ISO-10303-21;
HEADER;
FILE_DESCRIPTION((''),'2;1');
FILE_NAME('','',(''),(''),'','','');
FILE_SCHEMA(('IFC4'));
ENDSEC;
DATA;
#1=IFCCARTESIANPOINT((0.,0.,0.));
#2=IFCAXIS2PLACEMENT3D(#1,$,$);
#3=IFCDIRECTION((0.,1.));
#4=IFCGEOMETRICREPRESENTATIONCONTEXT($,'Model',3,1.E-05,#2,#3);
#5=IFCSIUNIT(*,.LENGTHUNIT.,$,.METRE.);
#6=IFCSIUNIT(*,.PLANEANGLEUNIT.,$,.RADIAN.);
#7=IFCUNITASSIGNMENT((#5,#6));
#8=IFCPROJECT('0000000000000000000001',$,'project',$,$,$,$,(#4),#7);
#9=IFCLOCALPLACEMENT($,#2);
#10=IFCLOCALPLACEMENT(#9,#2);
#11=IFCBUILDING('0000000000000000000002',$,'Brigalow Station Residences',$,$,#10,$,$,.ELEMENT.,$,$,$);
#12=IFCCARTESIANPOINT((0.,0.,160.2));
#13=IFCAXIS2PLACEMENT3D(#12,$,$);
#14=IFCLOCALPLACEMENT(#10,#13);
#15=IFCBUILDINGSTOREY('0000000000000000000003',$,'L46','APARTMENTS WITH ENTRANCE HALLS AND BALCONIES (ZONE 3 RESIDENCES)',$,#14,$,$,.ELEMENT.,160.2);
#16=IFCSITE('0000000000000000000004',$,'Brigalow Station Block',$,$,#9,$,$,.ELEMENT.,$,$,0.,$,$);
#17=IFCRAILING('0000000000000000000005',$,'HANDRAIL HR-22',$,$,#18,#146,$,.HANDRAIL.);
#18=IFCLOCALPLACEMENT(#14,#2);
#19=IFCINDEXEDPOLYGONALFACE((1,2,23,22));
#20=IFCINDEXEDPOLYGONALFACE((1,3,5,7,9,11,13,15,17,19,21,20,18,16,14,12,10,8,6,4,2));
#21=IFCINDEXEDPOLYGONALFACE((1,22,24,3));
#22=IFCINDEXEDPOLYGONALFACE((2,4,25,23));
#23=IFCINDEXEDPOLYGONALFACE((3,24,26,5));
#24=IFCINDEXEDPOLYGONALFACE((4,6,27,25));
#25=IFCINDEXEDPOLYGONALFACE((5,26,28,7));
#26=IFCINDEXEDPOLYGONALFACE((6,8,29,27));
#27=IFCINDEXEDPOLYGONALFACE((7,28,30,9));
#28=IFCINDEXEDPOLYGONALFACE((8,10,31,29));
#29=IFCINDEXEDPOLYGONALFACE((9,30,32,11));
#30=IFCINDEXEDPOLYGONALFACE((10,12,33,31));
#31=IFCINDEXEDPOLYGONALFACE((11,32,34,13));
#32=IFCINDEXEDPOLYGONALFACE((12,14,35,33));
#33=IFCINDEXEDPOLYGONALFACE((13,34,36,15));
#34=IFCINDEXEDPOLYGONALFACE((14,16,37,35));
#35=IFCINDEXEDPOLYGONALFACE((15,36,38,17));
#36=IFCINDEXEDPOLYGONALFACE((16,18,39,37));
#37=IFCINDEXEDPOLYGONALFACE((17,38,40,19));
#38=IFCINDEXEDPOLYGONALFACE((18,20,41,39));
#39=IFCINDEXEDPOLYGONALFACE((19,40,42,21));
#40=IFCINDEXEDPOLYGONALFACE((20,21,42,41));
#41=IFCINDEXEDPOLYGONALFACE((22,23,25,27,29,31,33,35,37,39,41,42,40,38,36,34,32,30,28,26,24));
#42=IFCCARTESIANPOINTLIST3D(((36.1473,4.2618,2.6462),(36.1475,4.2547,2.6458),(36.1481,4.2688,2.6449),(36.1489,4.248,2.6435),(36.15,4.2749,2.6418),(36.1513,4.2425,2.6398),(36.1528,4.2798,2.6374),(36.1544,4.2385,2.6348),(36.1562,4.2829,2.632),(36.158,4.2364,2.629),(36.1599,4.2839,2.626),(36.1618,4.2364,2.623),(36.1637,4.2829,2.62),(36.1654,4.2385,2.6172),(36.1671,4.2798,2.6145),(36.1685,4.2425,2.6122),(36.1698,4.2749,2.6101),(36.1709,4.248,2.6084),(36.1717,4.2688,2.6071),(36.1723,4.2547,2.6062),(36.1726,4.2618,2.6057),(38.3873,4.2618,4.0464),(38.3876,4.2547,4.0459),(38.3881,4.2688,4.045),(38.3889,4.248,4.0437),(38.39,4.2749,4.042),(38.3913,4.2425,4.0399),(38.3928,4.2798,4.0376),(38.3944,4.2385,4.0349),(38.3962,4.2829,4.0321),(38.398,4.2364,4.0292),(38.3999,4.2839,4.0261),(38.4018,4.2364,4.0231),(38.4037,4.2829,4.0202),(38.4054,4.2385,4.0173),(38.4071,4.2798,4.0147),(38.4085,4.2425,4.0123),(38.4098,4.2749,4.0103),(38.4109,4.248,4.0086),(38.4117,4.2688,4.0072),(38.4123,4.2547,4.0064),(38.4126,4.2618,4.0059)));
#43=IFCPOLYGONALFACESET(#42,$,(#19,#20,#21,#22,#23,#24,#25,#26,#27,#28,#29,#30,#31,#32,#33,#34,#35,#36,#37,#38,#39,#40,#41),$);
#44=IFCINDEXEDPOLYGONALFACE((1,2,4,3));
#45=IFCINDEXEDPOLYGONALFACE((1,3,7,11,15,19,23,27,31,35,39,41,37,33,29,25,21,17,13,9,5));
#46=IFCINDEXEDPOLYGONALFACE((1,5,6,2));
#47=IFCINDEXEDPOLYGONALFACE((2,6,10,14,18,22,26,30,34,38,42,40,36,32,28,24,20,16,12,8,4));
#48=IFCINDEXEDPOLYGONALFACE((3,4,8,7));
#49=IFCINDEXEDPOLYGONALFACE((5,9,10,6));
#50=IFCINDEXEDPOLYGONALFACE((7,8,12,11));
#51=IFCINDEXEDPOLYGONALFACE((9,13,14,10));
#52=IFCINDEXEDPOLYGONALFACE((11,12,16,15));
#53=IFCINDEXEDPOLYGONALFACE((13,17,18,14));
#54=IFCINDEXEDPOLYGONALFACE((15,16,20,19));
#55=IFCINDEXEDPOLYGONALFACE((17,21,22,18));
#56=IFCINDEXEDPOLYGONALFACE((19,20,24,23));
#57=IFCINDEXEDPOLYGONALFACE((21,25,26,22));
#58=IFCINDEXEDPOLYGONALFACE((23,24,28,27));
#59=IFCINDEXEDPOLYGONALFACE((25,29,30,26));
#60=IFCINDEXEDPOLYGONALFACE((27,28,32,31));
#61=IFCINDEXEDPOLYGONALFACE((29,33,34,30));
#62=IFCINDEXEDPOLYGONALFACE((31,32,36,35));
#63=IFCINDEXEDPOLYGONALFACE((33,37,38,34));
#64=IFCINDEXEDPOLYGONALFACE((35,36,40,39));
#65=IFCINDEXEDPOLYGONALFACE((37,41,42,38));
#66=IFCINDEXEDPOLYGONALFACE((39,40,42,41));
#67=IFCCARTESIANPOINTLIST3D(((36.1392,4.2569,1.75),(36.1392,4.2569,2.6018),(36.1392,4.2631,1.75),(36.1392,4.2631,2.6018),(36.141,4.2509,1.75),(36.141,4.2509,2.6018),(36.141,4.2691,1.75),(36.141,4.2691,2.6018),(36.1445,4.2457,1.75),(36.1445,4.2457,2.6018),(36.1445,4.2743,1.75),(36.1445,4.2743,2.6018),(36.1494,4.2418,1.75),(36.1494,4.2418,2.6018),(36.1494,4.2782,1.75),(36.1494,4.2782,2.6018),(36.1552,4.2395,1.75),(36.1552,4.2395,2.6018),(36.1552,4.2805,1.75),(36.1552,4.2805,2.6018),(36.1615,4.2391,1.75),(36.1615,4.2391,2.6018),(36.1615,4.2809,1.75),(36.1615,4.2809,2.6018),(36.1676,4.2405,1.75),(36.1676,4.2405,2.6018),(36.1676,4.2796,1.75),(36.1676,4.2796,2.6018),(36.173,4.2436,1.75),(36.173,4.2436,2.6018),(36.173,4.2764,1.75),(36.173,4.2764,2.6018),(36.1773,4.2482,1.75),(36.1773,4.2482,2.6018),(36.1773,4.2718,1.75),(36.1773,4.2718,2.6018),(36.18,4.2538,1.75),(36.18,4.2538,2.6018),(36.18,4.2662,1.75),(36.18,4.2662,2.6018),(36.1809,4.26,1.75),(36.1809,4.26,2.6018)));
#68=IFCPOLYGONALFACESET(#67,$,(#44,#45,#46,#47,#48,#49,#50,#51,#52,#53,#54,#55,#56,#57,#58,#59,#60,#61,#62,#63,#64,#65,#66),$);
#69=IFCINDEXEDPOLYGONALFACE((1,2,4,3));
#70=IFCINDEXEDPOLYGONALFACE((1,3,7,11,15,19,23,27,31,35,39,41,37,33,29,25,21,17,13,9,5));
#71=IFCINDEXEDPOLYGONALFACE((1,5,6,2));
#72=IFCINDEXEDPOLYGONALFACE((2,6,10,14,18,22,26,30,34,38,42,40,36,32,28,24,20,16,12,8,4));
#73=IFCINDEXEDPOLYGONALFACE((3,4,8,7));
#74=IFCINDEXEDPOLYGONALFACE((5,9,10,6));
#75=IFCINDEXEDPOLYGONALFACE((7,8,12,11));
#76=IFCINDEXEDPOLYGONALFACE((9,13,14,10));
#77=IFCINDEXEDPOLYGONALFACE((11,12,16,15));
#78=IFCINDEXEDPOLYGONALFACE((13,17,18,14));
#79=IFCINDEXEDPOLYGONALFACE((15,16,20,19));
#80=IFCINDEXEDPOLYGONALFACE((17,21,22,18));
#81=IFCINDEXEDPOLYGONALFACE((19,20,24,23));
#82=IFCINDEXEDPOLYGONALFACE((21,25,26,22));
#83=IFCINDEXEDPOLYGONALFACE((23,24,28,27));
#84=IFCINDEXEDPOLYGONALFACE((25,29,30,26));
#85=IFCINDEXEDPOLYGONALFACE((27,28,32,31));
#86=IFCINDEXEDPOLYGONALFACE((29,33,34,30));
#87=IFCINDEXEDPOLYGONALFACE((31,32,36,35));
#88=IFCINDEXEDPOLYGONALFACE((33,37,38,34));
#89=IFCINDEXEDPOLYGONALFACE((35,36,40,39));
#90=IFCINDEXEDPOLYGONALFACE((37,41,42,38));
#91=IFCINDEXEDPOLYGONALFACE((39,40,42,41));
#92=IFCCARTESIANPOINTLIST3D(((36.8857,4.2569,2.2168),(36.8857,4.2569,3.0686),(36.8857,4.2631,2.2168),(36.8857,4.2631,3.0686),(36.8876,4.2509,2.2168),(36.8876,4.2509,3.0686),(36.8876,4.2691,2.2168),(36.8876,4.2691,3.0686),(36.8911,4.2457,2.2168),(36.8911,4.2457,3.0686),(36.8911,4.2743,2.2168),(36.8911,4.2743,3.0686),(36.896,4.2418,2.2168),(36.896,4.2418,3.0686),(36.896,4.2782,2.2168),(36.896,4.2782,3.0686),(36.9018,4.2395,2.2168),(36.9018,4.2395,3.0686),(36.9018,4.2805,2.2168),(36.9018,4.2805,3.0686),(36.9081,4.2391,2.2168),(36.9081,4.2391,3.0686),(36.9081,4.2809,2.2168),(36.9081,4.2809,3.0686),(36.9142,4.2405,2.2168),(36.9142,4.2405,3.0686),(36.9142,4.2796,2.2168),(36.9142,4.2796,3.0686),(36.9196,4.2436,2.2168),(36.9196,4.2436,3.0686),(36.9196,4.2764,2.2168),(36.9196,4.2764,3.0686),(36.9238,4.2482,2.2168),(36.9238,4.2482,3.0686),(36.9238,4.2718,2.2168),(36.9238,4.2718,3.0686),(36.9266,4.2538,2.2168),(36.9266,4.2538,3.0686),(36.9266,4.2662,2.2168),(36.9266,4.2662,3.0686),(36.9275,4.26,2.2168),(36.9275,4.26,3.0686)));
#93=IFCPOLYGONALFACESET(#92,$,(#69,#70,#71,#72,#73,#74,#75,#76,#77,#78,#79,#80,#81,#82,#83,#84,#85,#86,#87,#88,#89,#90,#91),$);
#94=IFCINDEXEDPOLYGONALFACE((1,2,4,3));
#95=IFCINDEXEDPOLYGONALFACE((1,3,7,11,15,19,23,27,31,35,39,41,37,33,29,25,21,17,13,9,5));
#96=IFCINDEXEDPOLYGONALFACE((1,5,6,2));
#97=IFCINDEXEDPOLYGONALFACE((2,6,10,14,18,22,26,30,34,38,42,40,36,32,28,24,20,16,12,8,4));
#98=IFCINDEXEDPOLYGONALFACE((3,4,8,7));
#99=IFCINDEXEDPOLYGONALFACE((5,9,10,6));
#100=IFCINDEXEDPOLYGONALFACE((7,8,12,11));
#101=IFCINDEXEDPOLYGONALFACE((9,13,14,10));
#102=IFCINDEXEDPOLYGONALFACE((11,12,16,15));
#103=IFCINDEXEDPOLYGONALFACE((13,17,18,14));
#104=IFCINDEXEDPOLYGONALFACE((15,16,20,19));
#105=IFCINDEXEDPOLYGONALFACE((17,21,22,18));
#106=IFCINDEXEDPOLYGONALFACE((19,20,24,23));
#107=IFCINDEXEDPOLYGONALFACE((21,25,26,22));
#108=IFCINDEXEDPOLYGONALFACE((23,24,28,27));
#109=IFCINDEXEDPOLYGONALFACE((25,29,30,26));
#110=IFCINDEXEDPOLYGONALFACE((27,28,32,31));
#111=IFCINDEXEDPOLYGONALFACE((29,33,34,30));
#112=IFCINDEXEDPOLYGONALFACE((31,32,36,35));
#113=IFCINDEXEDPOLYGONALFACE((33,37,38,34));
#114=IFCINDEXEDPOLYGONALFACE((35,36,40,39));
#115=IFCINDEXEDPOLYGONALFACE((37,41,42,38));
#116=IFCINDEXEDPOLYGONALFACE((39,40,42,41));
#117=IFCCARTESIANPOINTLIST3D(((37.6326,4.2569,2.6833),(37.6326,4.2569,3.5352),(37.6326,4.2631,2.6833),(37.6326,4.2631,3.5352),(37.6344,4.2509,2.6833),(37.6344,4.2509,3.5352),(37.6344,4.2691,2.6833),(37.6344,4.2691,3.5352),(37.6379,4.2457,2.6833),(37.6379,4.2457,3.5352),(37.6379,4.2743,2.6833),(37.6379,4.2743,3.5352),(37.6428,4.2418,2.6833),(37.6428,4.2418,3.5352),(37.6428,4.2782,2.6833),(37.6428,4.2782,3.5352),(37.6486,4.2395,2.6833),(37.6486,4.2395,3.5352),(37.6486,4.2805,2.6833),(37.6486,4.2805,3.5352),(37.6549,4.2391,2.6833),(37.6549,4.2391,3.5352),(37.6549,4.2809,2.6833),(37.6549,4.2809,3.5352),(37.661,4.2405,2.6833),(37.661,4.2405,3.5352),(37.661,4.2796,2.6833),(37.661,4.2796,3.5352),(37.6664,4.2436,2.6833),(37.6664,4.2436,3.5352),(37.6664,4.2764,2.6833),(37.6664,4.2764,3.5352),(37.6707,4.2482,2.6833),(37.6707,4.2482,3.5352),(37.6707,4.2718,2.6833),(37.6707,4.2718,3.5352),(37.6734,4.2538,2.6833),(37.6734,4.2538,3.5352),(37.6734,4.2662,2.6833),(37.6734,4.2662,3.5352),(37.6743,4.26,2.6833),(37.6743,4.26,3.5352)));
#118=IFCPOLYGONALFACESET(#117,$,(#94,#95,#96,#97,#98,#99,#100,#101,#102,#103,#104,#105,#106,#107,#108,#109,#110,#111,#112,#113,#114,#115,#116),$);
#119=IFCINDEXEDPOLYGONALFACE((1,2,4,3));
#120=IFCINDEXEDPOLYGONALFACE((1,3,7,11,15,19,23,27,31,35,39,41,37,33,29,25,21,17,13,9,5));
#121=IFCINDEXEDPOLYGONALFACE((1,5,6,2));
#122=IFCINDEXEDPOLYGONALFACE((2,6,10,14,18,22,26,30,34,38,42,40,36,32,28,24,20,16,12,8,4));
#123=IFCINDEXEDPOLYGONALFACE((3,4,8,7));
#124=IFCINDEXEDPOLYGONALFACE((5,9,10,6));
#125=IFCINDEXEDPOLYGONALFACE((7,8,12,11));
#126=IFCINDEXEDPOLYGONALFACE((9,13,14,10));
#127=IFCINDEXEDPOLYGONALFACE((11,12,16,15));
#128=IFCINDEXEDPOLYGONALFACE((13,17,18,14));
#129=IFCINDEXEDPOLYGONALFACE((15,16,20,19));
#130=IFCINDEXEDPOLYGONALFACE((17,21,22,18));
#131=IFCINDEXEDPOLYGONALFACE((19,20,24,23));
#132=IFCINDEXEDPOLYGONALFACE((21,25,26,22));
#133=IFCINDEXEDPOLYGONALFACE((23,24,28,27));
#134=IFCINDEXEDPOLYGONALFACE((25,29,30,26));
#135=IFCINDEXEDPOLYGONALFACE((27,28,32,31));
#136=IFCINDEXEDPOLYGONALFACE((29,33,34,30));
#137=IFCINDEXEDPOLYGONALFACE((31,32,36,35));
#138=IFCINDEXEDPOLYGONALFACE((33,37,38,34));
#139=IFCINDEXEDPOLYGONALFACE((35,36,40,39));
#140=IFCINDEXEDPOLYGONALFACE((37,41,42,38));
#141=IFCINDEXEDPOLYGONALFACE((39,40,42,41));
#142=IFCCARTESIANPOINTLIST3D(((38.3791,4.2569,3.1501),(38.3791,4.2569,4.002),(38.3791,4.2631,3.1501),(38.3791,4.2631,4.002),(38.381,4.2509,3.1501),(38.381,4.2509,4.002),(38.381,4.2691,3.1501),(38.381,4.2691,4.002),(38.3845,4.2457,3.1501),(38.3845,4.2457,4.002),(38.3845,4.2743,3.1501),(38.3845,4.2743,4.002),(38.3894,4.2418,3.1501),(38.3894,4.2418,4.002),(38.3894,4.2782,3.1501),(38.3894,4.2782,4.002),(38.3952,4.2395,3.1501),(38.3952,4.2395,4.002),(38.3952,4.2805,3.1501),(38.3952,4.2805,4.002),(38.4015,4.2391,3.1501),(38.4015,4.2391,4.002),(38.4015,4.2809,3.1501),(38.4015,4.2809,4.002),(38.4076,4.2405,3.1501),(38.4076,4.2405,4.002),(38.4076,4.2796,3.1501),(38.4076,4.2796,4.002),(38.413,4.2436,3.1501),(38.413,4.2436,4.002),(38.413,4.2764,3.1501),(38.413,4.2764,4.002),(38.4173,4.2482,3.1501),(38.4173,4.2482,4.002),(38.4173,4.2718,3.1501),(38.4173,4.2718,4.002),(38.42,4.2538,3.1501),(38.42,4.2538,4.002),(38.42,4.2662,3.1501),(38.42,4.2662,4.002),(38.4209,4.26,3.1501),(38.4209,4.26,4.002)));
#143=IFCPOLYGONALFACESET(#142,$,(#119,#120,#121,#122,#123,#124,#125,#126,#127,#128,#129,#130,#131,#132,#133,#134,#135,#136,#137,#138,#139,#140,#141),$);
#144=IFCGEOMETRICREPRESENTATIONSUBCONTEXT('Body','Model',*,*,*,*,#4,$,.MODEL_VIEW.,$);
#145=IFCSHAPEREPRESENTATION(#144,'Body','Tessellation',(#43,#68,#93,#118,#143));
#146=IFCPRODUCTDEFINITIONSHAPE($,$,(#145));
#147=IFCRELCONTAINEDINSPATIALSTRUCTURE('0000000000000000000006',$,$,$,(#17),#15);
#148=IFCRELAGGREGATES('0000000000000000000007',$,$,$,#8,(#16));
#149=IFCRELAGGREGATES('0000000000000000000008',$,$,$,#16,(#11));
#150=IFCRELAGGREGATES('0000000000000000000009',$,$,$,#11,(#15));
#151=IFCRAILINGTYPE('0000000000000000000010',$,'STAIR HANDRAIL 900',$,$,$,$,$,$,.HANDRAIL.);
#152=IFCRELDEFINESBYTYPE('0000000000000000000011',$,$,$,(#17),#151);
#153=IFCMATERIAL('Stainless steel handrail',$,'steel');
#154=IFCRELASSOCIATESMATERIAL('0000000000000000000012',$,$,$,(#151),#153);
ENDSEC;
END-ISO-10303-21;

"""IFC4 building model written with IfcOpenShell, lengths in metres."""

from ifc_helpers import new_model, si_unit, direction, frame, origin, origin_2d, place, context, subcontext, project, spatial, circle, extrude, material, type_object, element, save


model = new_model("IFC4")

# Units and contexts
model_context = context("Model", 3, precision=1e-05, world=origin(), true_north=direction((0.0, 1.0)))
body_context = subcontext(model_context, "Body", "Model", "MODEL_VIEW")
ifc_project = project(units=[si_unit("LENGTHUNIT", "METRE"), si_unit("PLANEANGLEUNIT", "RADIAN")], contexts=[model_context])

# Site, building, storey
site_placement = place(None, origin())
site = spatial("IfcSite", under=ifc_project, at=site_placement, Name="Brigalow Station Block", CompositionType="ELEMENT", RefElevation=0.0)
building_placement = place(site_placement, origin())
building = spatial("IfcBuilding", under=site, at=building_placement, Name="Brigalow Station Residences", CompositionType="ELEMENT")
storey_placement = place(building_placement, frame((0.0, 0.0, 160.2)))
storey = spatial("IfcBuildingStorey", under=building, at=storey_placement, Name="L46", Description="APARTMENTS WITH ENTRANCE HALLS AND BALCONIES (ZONE 3 RESIDENCES)", CompositionType="ELEMENT", Elevation=160.2)

# Railing
ifc_material_1 = material(Name="Stainless steel handrail", Category="steel")
railing_type_1 = type_object("IfcRailingType", Name="STAIR HANDRAIL 900", PredefinedType="HANDRAIL", material=ifc_material_1)
railing_1_placement = place(storey_placement, frame((36.1599, 4.26, 1.75)))
element("IfcRailing", 1, at=railing_1_placement, inside=storey, type_object=railing_type_1, Name="HANDRAIL HR-22", PredefinedType="HANDRAIL", context=body_context, shape_type="SweptSolid", body=[
    extrude(circle(Radius=0.0239, at=origin_2d()), frame((0.0, 0.0, 0.876), z_axis=(0.847972, 0.0, 0.53004), x_axis=(0.0, 1.0, 0.0)), (0.0, 0.0, 1.0), 2.6416),
    extrude(circle(Radius=0.021, at=origin_2d()), origin(), (0.0, 0.0, 1.0), 0.8518),
    extrude(circle(Radius=0.021, at=origin_2d()), frame((0.7466, 0.0, 0.4668)), (0.0, 0.0, 1.0), 0.8518),
    extrude(circle(Radius=0.021, at=origin_2d()), frame((1.4934, 0.0, 0.9333)), (0.0, 0.0, 1.0), 0.8518),
    extrude(circle(Radius=0.021, at=origin_2d()), frame((2.24, 0.0, 1.4001)), (0.0, 0.0, 1.0), 0.8518),
])

save(model, "model.ifc")
